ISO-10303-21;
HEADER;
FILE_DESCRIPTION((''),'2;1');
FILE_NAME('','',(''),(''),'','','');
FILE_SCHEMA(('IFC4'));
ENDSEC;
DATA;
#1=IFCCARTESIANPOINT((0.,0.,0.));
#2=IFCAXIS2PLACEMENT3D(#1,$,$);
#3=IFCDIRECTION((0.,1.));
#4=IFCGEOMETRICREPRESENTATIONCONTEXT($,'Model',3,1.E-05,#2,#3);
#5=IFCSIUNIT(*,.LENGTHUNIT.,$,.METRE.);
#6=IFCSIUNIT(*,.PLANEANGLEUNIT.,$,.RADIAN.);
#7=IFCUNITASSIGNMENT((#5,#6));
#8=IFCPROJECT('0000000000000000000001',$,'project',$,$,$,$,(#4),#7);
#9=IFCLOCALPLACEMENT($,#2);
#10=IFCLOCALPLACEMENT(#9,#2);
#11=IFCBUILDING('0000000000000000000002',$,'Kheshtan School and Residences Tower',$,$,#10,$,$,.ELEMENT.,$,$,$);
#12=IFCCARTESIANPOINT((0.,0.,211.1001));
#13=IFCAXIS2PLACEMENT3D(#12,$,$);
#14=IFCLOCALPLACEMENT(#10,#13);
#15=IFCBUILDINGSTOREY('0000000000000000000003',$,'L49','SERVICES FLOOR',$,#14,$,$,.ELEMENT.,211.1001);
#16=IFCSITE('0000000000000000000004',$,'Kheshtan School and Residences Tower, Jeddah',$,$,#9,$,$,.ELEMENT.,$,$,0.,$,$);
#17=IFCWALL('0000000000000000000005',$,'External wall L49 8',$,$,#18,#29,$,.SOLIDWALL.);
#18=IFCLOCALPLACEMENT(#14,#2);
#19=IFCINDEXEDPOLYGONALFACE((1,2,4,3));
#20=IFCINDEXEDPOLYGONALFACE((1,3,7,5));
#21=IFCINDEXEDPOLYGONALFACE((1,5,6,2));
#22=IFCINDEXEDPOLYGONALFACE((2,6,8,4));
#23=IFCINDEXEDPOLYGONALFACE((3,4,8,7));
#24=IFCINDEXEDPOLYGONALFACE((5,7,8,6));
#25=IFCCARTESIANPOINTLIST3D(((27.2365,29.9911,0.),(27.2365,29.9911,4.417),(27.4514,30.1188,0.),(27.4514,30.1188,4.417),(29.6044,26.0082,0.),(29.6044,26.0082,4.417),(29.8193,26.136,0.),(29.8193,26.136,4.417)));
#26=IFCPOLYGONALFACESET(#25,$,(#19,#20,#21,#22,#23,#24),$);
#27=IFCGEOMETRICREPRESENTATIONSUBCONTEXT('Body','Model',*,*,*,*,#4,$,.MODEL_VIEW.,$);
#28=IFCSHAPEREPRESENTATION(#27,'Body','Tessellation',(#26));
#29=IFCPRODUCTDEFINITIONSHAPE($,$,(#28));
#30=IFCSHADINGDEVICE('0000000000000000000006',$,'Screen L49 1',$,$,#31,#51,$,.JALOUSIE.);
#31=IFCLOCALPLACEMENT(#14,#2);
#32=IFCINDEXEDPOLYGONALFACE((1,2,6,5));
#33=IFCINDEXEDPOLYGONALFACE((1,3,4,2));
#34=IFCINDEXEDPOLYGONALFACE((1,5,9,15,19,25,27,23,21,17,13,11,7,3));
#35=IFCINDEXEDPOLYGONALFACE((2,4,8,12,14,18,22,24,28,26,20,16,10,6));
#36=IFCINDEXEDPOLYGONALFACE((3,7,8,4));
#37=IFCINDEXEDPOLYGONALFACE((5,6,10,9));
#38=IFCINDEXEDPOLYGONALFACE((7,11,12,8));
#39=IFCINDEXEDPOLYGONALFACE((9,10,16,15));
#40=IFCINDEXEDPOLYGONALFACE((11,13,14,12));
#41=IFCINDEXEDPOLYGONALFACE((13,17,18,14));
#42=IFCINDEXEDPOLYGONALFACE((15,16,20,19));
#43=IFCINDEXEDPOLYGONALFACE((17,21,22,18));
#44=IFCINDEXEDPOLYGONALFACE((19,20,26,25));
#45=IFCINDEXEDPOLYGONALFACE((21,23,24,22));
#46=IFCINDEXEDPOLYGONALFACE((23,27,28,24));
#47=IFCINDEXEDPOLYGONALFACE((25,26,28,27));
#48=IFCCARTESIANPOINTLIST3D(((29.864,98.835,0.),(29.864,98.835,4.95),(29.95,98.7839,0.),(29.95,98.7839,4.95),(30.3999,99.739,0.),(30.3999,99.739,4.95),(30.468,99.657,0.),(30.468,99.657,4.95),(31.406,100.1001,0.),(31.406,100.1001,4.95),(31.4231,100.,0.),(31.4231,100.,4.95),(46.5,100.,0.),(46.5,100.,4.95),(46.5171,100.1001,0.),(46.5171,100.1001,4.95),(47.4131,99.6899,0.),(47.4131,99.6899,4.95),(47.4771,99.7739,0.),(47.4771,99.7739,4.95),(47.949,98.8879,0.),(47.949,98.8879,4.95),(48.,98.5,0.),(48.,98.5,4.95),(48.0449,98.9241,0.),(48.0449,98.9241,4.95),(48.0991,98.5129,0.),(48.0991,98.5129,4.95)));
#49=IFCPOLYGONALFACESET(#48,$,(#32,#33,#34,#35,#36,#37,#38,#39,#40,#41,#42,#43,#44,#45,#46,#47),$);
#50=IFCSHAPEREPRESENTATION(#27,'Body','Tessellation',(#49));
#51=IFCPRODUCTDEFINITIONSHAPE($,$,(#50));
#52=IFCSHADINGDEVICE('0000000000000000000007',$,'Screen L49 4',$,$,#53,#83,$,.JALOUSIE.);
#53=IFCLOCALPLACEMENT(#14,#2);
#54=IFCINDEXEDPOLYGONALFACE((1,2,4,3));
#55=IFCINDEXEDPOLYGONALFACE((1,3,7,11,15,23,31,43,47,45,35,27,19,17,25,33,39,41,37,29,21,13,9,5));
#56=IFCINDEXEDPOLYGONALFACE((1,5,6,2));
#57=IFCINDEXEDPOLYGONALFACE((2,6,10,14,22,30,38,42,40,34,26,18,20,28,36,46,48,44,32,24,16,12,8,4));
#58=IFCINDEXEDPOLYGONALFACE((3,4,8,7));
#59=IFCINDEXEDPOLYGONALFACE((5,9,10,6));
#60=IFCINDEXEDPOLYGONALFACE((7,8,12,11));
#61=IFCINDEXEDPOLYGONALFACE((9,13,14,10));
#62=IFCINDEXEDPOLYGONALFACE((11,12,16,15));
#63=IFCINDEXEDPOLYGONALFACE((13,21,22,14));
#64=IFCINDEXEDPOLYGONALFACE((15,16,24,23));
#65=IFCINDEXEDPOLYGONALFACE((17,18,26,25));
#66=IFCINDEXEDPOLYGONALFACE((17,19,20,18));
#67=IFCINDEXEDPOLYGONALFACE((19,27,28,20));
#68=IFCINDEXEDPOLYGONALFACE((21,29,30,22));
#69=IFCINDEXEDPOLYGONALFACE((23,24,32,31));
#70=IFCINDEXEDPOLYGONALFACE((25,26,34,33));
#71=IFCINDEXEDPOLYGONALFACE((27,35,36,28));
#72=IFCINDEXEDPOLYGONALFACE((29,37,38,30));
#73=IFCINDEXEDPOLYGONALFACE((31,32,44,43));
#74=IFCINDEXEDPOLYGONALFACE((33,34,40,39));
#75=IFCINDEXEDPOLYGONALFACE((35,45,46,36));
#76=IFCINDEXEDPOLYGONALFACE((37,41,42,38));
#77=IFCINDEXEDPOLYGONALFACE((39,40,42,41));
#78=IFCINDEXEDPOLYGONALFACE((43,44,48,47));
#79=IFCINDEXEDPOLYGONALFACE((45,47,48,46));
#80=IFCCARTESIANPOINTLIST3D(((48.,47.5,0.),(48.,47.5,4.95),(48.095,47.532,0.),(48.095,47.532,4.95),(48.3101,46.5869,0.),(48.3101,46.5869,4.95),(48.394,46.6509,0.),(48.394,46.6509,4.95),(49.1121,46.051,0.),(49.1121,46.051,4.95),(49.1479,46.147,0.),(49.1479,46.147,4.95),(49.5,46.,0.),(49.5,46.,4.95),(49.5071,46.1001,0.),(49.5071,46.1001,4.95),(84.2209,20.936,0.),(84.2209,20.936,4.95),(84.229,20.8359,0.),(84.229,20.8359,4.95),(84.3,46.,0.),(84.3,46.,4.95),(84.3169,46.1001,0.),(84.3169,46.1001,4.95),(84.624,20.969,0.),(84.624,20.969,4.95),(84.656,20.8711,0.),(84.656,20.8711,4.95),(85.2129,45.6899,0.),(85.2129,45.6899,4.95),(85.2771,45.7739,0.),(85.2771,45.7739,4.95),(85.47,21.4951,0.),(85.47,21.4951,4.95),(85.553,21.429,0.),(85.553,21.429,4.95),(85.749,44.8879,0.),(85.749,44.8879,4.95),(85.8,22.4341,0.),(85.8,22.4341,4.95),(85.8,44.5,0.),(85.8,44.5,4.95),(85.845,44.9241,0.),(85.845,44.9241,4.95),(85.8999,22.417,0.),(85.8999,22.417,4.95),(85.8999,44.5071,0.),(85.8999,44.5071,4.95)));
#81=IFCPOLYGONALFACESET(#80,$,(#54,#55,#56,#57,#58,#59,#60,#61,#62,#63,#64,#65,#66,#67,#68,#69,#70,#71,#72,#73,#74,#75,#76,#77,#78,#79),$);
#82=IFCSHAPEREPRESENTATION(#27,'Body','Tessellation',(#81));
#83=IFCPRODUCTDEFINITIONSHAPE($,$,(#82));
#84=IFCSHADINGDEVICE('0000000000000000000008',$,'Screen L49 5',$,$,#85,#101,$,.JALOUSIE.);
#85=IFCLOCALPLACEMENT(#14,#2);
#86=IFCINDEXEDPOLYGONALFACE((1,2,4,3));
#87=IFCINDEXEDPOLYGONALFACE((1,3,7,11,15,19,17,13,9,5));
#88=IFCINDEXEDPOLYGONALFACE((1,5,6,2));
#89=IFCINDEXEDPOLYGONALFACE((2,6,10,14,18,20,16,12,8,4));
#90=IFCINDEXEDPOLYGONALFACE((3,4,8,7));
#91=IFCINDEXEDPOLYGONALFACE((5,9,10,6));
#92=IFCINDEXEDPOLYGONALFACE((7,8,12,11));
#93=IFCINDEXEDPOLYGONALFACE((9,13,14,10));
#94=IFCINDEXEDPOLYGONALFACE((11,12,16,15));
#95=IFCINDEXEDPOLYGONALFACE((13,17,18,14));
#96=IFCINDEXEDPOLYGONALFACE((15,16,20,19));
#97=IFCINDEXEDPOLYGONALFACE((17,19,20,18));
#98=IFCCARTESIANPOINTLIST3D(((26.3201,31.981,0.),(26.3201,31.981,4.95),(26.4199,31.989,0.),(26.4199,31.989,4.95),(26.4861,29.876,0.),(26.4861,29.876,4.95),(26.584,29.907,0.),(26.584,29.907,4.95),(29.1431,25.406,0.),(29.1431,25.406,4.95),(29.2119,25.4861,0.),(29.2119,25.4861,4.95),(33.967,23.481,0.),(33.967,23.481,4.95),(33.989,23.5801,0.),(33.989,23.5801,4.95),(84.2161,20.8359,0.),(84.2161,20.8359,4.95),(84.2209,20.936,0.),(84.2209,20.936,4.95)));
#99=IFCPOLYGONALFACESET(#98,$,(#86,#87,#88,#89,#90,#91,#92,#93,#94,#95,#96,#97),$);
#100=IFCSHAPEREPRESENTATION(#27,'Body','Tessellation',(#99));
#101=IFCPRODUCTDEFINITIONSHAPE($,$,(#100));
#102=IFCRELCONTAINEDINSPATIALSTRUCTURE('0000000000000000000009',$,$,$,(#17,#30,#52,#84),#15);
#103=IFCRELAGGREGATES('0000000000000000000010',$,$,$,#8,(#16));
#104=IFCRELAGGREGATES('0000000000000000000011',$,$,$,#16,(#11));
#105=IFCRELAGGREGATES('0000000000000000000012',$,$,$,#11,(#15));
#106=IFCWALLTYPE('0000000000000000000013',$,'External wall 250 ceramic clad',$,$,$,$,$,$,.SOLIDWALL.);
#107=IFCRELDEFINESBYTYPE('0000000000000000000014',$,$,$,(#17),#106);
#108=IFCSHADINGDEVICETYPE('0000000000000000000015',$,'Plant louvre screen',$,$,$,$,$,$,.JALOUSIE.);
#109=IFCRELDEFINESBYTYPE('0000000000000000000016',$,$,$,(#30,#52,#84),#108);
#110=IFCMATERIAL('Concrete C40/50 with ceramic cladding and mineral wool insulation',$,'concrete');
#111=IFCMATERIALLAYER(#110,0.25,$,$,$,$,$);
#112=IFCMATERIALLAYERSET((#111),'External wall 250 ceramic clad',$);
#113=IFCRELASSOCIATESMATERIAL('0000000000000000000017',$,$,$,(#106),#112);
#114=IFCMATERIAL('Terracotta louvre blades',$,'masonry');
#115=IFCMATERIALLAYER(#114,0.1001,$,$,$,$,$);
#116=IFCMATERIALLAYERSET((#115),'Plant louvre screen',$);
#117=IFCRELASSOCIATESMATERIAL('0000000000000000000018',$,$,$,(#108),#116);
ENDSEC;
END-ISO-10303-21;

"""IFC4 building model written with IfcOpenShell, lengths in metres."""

from ifc_helpers import new_model, si_unit, direction, frame, frame_2d, origin, place, context, subcontext, project, spatial, polyline, rectangle, outline, extrude, material, layer, layer_set, type_object, element, save


model = new_model("IFC4")

# Units and contexts
model_context = context("Model", 3, precision=1e-05, world=origin(), true_north=direction((0.0, 1.0)))
body_context = subcontext(model_context, "Body", "Model", "MODEL_VIEW")
ifc_project = project(units=[si_unit("LENGTHUNIT", "METRE"), si_unit("PLANEANGLEUNIT", "RADIAN")], contexts=[model_context])

# Site, building, storey
site_placement = place(None, origin())
site = spatial("IfcSite", under=ifc_project, at=site_placement, Name="Kheshtan School and Residences Tower, Jeddah", CompositionType="ELEMENT", RefElevation=0.0)
building_placement = place(site_placement, origin())
building = spatial("IfcBuilding", under=site, at=building_placement, Name="Kheshtan School and Residences Tower", CompositionType="ELEMENT")
storey_placement = place(building_placement, frame((0.0, 0.0, 211.1001)))
storey = spatial("IfcBuildingStorey", under=building, at=storey_placement, Name="L49", Description="SERVICES FLOOR", CompositionType="ELEMENT", Elevation=211.1001)

# Wall
ifc_material_1 = material(Name="Concrete C40/50 with ceramic cladding and mineral wool insulation", Category="concrete")
ifc_layer_1 = layer(ifc_material_1, 0.25)
ifc_layer_set_1 = layer_set([ifc_layer_1], Name="External wall 250 ceramic clad")
wall_type_1 = type_object("IfcWallType", Name="External wall 250 ceramic clad", PredefinedType="SOLIDWALL", material=ifc_layer_set_1)
wall_1_placement = place(storey_placement, frame((29.7119, 26.072, 0.0), z_axis=(0.0, 0.0, 1.0), x_axis=(-0.511028, 0.859564, 0.0)))
element("IfcWall", 1, at=wall_1_placement, inside=storey, type_object=wall_type_1, Name="External wall L49 8", PredefinedType="SOLIDWALL", context=body_context, shape_type="SweptSolid", body=[
    extrude(rectangle(XDim=4.6335, YDim=0.25, at=frame_2d((2.3169, 0.0))), origin(), (0.0, 0.0, 1.0), 4.417),
])

# Shading devices
ifc_material_2 = material(Name="Terracotta louvre blades", Category="masonry")
ifc_layer_2 = layer(ifc_material_2, 0.1001)
ifc_layer_set_2 = layer_set([ifc_layer_2], Name="Plant louvre screen")
shading_device_type = type_object("IfcShadingDeviceType", Name="Plant louvre screen", PredefinedType="JALOUSIE", material=ifc_layer_set_2)
shading_device_1_placement = place(storey_placement, origin())
element("IfcShadingDevice", 2, at=shading_device_1_placement, inside=storey, type_object=shading_device_type, Name="Screen L49 1", PredefinedType="JALOUSIE", context=body_context, shape_type="SweptSolid", body=[
    extrude(outline(polyline([(29.95, 98.7839), (30.468, 99.657), (31.4231, 100.0), (46.5, 100.0), (47.4131, 99.6899), (47.949, 98.8879), (48.0, 98.5), (48.0991, 98.5129), (48.0449, 98.9241), (47.4771, 99.7739), (46.5171, 100.1001), (31.406, 100.1001), (30.3999, 99.739), (29.864, 98.835), (29.95, 98.7839)])), origin(), (0.0, 0.0, 1.0), 4.95),
])
shading_device_2_placement = place(storey_placement, origin())
element("IfcShadingDevice", 3, at=shading_device_2_placement, inside=storey, type_object=shading_device_type, Name="Screen L49 4", PredefinedType="JALOUSIE", context=body_context, shape_type="SweptSolid", body=[
    extrude(outline(polyline([(48.0, 47.5), (48.3101, 46.5869), (49.1121, 46.051), (49.5, 46.0), (84.3, 46.0), (85.2129, 45.6899), (85.749, 44.8879), (85.8, 44.5), (85.8, 22.4341), (85.47, 21.4951), (84.624, 20.969), (84.2209, 20.936), (84.229, 20.8359), (84.656, 20.8711), (85.553, 21.429), (85.8999, 22.417), (85.8999, 44.5071), (85.845, 44.9241), (85.2771, 45.7739), (84.3169, 46.1001), (49.5071, 46.1001), (49.1479, 46.147), (48.394, 46.6509), (48.095, 47.532), (48.0, 47.5)])), origin(), (0.0, 0.0, 1.0), 4.95),
])
shading_device_3_placement = place(storey_placement, origin())
element("IfcShadingDevice", 4, at=shading_device_3_placement, inside=storey, type_object=shading_device_type, Name="Screen L49 5", PredefinedType="JALOUSIE", context=body_context, shape_type="SweptSolid", body=[
    extrude(outline(polyline([(84.2209, 20.936), (33.989, 23.5801), (29.2119, 25.4861), (26.584, 29.907), (26.4199, 31.989), (26.3201, 31.981), (26.4861, 29.876), (29.1431, 25.406), (33.967, 23.481), (84.2161, 20.8359), (84.2209, 20.936)])), origin(), (0.0, 0.0, 1.0), 4.95),
])

save(model, "model.ifc")
